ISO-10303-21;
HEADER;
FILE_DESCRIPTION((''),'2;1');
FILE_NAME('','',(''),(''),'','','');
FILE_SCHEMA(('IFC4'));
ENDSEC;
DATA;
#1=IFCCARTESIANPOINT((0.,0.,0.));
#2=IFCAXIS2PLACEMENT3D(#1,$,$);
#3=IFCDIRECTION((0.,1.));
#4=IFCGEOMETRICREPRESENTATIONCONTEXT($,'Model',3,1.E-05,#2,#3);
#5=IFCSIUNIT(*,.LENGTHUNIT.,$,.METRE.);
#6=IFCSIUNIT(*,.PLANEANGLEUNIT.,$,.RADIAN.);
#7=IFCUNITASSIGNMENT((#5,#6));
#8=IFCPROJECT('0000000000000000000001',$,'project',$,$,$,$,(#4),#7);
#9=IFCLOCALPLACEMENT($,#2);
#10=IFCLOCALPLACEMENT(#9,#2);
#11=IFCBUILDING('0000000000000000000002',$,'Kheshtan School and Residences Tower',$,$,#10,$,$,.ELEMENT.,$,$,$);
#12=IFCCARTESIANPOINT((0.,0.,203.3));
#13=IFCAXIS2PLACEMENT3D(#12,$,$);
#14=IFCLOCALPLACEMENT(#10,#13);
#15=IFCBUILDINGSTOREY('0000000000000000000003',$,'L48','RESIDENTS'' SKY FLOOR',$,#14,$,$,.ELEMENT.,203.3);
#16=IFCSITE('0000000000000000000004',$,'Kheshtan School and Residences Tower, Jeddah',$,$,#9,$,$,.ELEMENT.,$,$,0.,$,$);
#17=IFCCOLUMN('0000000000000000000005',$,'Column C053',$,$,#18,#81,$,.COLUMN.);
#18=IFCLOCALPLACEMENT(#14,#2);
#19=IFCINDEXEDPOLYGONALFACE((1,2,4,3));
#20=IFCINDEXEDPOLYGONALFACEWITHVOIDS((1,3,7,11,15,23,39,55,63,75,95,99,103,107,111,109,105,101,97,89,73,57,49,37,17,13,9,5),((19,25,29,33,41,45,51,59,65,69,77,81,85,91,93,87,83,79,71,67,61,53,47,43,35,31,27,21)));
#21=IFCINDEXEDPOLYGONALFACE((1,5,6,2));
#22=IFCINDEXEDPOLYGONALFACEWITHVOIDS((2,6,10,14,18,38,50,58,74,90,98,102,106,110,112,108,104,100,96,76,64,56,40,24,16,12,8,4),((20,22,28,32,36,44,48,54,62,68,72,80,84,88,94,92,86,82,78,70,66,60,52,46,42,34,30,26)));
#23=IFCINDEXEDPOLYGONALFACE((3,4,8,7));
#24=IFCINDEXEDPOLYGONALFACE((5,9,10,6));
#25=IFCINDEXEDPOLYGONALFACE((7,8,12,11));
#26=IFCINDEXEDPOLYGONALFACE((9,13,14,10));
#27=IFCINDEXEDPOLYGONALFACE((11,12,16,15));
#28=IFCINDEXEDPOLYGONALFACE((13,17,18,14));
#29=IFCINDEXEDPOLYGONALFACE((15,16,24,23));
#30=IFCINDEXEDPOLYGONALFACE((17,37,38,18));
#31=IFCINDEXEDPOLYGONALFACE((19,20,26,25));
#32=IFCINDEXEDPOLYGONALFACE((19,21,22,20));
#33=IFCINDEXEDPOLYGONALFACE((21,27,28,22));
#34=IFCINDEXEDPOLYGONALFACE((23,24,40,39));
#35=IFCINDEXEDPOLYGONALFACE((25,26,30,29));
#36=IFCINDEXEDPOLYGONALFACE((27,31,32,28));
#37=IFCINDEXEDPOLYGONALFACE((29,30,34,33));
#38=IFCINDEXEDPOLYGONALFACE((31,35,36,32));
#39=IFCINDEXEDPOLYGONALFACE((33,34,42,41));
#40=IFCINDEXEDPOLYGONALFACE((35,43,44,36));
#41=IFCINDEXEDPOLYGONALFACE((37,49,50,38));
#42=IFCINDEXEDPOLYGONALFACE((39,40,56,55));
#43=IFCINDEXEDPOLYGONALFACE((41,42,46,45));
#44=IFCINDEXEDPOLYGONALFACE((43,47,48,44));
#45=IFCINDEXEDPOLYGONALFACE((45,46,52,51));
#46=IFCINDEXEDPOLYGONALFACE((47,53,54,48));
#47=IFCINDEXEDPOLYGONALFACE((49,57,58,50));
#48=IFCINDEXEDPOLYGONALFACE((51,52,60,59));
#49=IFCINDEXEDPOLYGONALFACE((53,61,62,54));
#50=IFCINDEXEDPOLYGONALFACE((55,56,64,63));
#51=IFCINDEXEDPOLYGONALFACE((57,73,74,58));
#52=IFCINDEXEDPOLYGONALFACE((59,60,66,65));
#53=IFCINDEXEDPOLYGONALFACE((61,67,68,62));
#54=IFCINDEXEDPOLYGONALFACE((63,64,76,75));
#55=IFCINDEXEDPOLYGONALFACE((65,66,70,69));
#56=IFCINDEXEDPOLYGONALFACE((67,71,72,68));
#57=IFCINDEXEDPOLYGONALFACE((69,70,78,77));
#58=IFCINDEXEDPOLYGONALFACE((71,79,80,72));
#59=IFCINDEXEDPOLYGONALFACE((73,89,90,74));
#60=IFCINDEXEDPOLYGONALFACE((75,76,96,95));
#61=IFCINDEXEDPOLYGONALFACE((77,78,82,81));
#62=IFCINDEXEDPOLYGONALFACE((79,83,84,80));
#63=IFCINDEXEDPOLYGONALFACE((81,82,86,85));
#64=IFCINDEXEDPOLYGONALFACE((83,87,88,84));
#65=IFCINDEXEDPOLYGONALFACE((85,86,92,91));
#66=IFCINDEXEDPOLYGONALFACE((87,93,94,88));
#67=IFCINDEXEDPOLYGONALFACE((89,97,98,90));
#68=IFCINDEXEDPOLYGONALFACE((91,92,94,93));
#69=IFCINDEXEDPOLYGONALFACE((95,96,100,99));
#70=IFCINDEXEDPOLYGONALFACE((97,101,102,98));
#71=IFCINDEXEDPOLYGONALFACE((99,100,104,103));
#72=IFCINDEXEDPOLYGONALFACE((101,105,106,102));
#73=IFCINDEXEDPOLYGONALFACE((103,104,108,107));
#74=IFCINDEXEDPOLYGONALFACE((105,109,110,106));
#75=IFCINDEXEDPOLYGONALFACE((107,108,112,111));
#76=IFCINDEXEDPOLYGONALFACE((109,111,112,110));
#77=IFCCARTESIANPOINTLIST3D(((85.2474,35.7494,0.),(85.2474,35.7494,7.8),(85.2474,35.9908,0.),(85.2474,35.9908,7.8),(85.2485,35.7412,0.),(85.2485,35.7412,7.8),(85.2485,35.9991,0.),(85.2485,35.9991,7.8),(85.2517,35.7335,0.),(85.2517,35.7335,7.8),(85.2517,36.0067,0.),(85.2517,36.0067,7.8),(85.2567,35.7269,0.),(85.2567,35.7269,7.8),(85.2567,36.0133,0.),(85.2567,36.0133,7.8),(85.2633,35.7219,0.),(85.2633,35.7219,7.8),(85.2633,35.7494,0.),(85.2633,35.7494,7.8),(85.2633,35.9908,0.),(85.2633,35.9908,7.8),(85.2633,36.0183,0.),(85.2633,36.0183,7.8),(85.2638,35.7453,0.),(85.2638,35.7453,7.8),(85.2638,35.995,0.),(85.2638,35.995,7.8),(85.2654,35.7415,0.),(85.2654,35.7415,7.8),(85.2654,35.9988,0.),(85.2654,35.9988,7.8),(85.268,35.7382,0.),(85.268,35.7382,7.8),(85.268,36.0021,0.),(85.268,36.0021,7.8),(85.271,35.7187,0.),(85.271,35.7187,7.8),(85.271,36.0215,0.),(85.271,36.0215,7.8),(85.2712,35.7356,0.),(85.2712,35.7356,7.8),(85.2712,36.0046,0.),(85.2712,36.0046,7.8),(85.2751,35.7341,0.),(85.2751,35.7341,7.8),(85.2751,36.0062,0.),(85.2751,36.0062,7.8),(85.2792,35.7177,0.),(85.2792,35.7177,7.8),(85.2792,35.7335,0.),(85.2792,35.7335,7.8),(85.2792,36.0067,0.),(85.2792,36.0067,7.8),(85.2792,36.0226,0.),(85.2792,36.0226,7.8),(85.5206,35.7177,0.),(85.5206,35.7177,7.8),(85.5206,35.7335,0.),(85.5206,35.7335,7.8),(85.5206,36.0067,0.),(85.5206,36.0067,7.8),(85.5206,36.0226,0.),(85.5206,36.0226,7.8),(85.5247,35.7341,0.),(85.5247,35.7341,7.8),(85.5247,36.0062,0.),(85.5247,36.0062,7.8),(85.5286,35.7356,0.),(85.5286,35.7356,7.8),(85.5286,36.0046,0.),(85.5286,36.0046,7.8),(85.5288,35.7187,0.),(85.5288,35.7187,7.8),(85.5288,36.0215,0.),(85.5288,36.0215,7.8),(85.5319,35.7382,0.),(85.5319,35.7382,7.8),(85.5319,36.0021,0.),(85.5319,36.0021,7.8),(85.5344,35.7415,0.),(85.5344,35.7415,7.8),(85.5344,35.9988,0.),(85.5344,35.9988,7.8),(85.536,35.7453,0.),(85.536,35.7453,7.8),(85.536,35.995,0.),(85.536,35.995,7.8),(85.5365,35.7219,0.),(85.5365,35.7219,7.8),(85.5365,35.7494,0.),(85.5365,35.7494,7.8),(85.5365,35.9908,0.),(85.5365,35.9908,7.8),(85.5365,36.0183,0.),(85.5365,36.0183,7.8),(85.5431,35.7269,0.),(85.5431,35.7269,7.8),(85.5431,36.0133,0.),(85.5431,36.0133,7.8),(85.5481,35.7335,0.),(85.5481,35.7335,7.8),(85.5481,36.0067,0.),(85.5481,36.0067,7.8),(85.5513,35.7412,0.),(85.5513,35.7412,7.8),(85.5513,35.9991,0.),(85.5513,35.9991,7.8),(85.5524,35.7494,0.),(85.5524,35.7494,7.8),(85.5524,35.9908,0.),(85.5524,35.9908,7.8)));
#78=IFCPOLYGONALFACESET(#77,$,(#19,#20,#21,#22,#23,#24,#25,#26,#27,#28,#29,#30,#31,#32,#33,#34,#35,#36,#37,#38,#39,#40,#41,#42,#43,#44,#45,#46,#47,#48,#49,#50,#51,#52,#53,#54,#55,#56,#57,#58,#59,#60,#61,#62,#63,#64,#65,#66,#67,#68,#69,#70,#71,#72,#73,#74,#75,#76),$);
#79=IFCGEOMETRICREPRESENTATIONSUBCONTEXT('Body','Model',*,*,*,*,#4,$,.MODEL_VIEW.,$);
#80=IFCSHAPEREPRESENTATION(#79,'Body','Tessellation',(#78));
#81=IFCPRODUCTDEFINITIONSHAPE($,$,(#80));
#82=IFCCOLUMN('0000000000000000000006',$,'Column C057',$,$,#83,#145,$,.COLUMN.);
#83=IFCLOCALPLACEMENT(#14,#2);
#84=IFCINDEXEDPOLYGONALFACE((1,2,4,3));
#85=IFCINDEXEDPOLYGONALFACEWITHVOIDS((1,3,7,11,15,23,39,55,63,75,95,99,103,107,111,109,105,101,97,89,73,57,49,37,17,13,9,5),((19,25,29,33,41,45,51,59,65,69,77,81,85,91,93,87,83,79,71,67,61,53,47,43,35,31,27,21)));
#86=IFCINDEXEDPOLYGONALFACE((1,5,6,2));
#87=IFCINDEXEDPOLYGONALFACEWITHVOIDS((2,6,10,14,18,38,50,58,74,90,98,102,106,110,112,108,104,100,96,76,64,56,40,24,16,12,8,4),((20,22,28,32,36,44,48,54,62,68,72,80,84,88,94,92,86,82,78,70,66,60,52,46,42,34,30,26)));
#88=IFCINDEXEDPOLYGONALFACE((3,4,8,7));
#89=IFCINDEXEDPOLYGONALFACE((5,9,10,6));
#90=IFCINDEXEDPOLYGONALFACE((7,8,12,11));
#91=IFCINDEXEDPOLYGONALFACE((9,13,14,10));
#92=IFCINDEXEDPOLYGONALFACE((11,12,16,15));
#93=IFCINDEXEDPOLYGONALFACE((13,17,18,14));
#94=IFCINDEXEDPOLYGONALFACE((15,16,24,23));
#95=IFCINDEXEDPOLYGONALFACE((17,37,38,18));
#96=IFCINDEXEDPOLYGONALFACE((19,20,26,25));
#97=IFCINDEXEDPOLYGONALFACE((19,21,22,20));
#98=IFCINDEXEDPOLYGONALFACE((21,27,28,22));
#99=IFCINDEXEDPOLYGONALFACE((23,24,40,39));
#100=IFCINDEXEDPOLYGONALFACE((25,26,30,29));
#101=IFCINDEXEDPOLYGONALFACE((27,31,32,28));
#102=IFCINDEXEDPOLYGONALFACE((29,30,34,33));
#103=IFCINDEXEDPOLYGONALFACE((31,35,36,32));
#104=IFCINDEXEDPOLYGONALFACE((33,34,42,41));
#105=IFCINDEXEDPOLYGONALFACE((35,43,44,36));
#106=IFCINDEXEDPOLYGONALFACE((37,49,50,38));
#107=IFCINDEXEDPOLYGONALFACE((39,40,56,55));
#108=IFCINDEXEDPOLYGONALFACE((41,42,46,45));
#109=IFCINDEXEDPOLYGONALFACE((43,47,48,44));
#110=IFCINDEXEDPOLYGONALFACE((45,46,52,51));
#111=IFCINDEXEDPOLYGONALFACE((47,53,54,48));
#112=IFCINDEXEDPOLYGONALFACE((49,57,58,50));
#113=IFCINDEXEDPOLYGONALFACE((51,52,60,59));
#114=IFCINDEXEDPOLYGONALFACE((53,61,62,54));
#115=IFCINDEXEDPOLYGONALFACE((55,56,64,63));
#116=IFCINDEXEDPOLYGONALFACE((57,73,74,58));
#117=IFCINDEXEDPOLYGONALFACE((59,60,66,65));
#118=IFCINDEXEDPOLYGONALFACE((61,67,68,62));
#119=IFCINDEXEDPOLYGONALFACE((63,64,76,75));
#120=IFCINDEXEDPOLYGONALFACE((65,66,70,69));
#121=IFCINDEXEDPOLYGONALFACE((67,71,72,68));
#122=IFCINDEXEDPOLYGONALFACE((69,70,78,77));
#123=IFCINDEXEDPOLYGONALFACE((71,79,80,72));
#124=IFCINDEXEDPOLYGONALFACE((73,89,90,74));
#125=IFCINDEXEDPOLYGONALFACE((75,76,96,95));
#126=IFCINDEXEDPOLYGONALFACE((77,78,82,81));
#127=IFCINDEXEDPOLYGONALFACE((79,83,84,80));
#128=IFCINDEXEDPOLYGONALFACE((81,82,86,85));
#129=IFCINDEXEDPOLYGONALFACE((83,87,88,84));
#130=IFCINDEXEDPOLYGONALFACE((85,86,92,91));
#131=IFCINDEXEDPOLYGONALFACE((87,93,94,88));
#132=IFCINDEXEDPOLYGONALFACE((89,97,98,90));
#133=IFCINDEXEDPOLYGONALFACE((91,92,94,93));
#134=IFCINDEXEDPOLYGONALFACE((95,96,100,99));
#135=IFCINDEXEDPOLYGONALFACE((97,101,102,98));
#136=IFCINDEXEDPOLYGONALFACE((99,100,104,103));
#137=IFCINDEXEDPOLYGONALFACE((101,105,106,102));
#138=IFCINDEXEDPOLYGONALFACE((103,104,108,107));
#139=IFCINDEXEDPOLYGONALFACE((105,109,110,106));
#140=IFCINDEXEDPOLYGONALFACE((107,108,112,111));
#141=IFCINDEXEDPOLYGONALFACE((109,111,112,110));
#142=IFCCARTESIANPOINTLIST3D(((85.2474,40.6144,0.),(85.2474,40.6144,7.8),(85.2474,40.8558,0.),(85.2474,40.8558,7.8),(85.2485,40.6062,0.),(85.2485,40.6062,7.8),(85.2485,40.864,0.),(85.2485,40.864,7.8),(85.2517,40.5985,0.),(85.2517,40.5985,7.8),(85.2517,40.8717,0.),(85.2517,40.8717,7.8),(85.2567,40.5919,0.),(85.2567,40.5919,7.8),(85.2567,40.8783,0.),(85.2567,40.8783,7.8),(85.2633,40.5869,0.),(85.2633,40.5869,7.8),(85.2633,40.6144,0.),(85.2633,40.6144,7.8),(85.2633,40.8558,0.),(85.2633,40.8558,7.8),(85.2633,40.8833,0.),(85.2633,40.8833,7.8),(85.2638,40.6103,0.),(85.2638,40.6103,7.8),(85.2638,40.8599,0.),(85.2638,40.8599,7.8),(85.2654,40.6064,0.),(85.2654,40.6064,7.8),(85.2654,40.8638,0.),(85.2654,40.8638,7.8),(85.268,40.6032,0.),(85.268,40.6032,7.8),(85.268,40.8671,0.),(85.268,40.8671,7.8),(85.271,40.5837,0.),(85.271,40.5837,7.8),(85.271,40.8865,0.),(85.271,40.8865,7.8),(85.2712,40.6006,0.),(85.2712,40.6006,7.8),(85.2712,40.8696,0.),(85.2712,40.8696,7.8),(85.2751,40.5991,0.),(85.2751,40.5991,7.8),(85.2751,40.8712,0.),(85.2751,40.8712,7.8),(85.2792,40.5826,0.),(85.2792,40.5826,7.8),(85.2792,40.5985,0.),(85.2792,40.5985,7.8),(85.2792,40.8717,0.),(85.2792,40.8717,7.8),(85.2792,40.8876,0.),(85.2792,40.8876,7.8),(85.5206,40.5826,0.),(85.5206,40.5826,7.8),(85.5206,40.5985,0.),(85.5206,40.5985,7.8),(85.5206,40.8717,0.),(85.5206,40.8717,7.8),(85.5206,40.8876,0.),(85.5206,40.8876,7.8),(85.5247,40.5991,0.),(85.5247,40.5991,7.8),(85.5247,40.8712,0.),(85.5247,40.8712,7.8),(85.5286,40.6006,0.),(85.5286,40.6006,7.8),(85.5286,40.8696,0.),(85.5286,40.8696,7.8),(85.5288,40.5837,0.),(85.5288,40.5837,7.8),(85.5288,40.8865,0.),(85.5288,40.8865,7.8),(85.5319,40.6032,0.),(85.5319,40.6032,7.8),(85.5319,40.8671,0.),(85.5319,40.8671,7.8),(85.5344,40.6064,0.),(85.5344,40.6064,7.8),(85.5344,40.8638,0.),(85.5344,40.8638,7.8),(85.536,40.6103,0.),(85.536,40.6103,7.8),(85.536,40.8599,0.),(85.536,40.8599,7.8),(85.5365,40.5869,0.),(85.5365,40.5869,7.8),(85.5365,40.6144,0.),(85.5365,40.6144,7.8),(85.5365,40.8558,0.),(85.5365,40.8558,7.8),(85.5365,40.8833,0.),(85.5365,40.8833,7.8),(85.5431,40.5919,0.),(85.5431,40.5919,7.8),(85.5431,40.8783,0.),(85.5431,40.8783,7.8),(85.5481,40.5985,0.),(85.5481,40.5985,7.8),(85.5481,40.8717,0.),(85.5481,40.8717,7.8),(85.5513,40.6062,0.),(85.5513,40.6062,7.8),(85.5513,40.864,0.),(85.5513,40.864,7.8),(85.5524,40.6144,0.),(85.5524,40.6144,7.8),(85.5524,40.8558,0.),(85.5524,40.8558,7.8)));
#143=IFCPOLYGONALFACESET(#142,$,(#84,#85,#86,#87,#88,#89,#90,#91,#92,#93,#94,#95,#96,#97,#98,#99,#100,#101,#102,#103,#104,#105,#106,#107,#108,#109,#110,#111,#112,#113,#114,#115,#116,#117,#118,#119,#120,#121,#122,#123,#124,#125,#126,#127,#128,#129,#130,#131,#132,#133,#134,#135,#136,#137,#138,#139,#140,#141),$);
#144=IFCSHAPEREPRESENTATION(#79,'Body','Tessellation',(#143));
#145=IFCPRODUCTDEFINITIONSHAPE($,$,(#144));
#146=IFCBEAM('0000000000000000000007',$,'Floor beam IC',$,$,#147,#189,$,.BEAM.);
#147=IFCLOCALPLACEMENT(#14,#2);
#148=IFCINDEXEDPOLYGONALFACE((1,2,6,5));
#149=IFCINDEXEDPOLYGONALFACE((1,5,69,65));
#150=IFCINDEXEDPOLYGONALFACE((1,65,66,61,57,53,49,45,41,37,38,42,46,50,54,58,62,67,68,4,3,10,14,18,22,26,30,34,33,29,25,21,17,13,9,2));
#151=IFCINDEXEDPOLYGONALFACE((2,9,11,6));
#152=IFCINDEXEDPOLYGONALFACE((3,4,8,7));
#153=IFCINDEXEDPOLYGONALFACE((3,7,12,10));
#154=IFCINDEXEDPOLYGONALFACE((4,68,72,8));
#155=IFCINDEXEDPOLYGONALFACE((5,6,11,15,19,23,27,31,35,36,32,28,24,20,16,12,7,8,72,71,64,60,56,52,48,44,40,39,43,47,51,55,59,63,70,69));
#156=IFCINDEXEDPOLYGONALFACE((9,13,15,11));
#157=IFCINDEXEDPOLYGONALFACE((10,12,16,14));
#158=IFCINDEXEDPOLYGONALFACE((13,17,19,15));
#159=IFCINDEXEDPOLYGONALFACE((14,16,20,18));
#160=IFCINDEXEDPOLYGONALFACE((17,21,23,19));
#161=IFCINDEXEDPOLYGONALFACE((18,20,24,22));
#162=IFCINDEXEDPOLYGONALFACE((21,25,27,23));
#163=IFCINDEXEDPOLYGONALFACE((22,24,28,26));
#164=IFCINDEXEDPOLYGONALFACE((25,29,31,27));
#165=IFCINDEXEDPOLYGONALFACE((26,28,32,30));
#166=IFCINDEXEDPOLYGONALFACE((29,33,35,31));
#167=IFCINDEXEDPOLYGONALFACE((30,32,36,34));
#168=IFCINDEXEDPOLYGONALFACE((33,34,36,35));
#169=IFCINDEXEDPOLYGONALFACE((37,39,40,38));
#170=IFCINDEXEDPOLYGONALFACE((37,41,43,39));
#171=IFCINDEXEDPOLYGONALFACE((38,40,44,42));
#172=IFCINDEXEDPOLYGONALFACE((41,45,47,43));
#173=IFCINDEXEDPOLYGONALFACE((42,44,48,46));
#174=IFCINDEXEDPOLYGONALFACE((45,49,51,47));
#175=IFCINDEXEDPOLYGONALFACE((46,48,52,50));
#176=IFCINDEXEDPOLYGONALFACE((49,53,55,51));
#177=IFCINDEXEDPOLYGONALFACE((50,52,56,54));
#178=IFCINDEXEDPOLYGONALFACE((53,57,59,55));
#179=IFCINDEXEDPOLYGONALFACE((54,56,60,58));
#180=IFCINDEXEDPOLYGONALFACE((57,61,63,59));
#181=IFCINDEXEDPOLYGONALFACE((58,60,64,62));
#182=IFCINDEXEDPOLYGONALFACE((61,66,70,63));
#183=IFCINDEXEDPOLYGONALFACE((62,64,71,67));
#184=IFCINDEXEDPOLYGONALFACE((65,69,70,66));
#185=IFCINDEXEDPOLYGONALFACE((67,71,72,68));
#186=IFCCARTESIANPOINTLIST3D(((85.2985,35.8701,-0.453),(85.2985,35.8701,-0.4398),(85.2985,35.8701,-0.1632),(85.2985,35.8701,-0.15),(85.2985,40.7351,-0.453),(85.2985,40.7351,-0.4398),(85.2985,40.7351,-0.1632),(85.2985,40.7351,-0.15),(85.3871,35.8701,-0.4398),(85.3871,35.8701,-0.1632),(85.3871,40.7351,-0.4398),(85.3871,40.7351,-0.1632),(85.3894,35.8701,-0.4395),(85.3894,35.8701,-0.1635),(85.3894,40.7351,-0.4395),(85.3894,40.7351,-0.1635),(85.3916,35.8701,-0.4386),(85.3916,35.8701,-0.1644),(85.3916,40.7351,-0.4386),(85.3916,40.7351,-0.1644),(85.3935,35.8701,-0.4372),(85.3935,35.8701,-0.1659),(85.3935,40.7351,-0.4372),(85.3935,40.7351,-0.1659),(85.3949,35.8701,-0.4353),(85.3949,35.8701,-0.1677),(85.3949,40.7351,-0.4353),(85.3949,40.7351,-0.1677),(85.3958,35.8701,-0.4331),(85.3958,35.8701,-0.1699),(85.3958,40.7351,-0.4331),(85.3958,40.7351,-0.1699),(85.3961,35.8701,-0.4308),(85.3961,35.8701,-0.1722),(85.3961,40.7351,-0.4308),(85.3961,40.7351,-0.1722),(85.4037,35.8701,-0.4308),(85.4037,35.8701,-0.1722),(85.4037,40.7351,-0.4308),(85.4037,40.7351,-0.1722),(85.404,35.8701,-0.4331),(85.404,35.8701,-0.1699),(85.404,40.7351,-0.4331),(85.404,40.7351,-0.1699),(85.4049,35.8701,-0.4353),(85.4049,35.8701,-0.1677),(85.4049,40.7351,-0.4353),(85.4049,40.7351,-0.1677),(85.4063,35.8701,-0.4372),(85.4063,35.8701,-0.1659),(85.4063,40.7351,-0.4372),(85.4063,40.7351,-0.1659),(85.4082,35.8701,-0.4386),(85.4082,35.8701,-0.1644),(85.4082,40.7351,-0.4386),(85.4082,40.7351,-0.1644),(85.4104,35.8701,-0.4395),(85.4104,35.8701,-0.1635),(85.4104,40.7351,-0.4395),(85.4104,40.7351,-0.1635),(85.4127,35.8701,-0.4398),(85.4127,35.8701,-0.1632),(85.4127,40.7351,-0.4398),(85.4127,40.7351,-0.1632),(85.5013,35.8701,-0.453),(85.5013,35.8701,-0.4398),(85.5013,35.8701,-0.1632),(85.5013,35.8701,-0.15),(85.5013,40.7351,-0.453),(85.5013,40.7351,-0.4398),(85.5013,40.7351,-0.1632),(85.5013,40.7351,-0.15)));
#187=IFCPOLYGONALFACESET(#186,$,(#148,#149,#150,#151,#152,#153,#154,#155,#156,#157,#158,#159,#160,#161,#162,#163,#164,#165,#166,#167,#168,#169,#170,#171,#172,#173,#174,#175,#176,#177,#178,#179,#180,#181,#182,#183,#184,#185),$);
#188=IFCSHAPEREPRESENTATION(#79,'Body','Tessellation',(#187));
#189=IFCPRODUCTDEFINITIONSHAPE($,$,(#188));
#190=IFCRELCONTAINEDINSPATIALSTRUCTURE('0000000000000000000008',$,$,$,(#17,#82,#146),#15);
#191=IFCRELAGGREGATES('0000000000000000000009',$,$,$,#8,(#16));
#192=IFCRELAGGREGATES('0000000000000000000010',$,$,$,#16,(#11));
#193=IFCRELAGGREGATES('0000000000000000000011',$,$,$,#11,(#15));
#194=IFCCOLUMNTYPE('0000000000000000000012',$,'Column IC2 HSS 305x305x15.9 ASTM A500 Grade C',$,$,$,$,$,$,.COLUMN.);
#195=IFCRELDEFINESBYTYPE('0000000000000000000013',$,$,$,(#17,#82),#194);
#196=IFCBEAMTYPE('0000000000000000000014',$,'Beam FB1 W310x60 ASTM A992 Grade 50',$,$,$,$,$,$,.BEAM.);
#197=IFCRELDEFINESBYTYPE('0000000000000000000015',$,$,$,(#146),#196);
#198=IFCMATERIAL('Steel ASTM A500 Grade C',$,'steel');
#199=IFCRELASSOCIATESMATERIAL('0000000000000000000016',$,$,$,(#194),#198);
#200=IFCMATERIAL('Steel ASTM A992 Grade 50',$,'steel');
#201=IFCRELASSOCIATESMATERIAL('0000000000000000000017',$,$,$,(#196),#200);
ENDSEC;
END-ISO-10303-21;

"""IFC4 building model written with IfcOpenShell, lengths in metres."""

from ifc_helpers import new_model, si_unit, direction, frame, origin, origin_2d, place, context, subcontext, project, spatial, hollow_rectangle, i_section, extrude, material, material_profile, profile_set, type_object, element, save


model = new_model("IFC4")

# Units and contexts
model_context = context("Model", 3, precision=1e-05, world=origin(), true_north=direction((0.0, 1.0)))
body_context = subcontext(model_context, "Body", "Model", "MODEL_VIEW")
ifc_project = project(units=[si_unit("LENGTHUNIT", "METRE"), si_unit("PLANEANGLEUNIT", "RADIAN")], contexts=[model_context])

# Site, building, storey
site_placement = place(None, origin())
site = spatial("IfcSite", under=ifc_project, at=site_placement, Name="Kheshtan School and Residences Tower, Jeddah", CompositionType="ELEMENT", RefElevation=0.0)
building_placement = place(site_placement, origin())
building = spatial("IfcBuilding", under=site, at=building_placement, Name="Kheshtan School and Residences Tower", CompositionType="ELEMENT")
storey_placement = place(building_placement, frame((0.0, 0.0, 203.3)))
storey = spatial("IfcBuildingStorey", under=building, at=storey_placement, Name="L48", Description="RESIDENTS' SKY FLOOR", CompositionType="ELEMENT", Elevation=203.3)

# Columns
ifc_material_1 = material(Name="Steel ASTM A500 Grade C", Category="steel")
ifc_material_profile_1 = material_profile(ifc_material_1, hollow_rectangle(XDim=0.3049, YDim=0.3049, WallThickness=0.0159, InnerFilletRadius=0.0159, OuterFilletRadius=0.0317, at=origin_2d()), Name="HSS 305x305x15.9")
ifc_profile_set_1 = profile_set([ifc_material_profile_1], Name="Steel ASTM A500 Grade C")
column_type = type_object("IfcColumnType", Name="Column IC2 HSS 305x305x15.9 ASTM A500 Grade C", PredefinedType="COLUMN", material=ifc_profile_set_1)
for number, where, z_axis, x_axis, name in (
    (1, (85.3999, 35.8701, 0.0), (0.0, 0.0, 1.0), (1.0, 0.0, 0.0), "Column C053"),
    (2, (85.3999, 40.7351, 0.0), (0.0, 0.0, 1.0), (1.0, 0.0, 0.0), "Column C057"),
):
    element("IfcColumn", number, at=place(storey_placement, frame(where, z_axis=z_axis, x_axis=x_axis)), inside=storey, type_object=column_type, Name=name, PredefinedType="COLUMN", context=body_context, shape_type="SweptSolid", body=[
        extrude(hollow_rectangle(XDim=0.3049, YDim=0.3049, WallThickness=0.0159, InnerFilletRadius=0.0159, OuterFilletRadius=0.0317, at=origin_2d()), origin(), (0.0, 0.0, 1.0), 7.8),
    ])

# Beam
ifc_material_2 = material(Name="Steel ASTM A992 Grade 50", Category="steel")
ifc_material_profile_2 = material_profile(ifc_material_2, i_section(OverallWidth=0.2029, OverallDepth=0.303, WebThickness=0.0076, FlangeThickness=0.0132, FilletRadius=0.009, at=origin_2d()), Name="W310x60")
ifc_profile_set_2 = profile_set([ifc_material_profile_2], Name="Steel ASTM A992 Grade 50")
beam_type = type_object("IfcBeamType", Name="Beam FB1 W310x60 ASTM A992 Grade 50", PredefinedType="BEAM", material=ifc_profile_set_2)
beam_placement = place(storey_placement, frame((85.3999, 40.7351, -0.3015), z_axis=(0.0, -1.0, 0.0), x_axis=(1.0, 0.0, 0.0)))
element("IfcBeam", 3, at=beam_placement, inside=storey, type_object=beam_type, Name="Floor beam IC", PredefinedType="BEAM", context=body_context, shape_type="SweptSolid", body=[
    extrude(i_section(OverallWidth=0.2029, OverallDepth=0.303, WebThickness=0.0076, FlangeThickness=0.0132, FilletRadius=0.009, at=origin_2d()), origin(), (0.0, 0.0, 1.0), 4.865),
])

save(model, "model.ifc")
